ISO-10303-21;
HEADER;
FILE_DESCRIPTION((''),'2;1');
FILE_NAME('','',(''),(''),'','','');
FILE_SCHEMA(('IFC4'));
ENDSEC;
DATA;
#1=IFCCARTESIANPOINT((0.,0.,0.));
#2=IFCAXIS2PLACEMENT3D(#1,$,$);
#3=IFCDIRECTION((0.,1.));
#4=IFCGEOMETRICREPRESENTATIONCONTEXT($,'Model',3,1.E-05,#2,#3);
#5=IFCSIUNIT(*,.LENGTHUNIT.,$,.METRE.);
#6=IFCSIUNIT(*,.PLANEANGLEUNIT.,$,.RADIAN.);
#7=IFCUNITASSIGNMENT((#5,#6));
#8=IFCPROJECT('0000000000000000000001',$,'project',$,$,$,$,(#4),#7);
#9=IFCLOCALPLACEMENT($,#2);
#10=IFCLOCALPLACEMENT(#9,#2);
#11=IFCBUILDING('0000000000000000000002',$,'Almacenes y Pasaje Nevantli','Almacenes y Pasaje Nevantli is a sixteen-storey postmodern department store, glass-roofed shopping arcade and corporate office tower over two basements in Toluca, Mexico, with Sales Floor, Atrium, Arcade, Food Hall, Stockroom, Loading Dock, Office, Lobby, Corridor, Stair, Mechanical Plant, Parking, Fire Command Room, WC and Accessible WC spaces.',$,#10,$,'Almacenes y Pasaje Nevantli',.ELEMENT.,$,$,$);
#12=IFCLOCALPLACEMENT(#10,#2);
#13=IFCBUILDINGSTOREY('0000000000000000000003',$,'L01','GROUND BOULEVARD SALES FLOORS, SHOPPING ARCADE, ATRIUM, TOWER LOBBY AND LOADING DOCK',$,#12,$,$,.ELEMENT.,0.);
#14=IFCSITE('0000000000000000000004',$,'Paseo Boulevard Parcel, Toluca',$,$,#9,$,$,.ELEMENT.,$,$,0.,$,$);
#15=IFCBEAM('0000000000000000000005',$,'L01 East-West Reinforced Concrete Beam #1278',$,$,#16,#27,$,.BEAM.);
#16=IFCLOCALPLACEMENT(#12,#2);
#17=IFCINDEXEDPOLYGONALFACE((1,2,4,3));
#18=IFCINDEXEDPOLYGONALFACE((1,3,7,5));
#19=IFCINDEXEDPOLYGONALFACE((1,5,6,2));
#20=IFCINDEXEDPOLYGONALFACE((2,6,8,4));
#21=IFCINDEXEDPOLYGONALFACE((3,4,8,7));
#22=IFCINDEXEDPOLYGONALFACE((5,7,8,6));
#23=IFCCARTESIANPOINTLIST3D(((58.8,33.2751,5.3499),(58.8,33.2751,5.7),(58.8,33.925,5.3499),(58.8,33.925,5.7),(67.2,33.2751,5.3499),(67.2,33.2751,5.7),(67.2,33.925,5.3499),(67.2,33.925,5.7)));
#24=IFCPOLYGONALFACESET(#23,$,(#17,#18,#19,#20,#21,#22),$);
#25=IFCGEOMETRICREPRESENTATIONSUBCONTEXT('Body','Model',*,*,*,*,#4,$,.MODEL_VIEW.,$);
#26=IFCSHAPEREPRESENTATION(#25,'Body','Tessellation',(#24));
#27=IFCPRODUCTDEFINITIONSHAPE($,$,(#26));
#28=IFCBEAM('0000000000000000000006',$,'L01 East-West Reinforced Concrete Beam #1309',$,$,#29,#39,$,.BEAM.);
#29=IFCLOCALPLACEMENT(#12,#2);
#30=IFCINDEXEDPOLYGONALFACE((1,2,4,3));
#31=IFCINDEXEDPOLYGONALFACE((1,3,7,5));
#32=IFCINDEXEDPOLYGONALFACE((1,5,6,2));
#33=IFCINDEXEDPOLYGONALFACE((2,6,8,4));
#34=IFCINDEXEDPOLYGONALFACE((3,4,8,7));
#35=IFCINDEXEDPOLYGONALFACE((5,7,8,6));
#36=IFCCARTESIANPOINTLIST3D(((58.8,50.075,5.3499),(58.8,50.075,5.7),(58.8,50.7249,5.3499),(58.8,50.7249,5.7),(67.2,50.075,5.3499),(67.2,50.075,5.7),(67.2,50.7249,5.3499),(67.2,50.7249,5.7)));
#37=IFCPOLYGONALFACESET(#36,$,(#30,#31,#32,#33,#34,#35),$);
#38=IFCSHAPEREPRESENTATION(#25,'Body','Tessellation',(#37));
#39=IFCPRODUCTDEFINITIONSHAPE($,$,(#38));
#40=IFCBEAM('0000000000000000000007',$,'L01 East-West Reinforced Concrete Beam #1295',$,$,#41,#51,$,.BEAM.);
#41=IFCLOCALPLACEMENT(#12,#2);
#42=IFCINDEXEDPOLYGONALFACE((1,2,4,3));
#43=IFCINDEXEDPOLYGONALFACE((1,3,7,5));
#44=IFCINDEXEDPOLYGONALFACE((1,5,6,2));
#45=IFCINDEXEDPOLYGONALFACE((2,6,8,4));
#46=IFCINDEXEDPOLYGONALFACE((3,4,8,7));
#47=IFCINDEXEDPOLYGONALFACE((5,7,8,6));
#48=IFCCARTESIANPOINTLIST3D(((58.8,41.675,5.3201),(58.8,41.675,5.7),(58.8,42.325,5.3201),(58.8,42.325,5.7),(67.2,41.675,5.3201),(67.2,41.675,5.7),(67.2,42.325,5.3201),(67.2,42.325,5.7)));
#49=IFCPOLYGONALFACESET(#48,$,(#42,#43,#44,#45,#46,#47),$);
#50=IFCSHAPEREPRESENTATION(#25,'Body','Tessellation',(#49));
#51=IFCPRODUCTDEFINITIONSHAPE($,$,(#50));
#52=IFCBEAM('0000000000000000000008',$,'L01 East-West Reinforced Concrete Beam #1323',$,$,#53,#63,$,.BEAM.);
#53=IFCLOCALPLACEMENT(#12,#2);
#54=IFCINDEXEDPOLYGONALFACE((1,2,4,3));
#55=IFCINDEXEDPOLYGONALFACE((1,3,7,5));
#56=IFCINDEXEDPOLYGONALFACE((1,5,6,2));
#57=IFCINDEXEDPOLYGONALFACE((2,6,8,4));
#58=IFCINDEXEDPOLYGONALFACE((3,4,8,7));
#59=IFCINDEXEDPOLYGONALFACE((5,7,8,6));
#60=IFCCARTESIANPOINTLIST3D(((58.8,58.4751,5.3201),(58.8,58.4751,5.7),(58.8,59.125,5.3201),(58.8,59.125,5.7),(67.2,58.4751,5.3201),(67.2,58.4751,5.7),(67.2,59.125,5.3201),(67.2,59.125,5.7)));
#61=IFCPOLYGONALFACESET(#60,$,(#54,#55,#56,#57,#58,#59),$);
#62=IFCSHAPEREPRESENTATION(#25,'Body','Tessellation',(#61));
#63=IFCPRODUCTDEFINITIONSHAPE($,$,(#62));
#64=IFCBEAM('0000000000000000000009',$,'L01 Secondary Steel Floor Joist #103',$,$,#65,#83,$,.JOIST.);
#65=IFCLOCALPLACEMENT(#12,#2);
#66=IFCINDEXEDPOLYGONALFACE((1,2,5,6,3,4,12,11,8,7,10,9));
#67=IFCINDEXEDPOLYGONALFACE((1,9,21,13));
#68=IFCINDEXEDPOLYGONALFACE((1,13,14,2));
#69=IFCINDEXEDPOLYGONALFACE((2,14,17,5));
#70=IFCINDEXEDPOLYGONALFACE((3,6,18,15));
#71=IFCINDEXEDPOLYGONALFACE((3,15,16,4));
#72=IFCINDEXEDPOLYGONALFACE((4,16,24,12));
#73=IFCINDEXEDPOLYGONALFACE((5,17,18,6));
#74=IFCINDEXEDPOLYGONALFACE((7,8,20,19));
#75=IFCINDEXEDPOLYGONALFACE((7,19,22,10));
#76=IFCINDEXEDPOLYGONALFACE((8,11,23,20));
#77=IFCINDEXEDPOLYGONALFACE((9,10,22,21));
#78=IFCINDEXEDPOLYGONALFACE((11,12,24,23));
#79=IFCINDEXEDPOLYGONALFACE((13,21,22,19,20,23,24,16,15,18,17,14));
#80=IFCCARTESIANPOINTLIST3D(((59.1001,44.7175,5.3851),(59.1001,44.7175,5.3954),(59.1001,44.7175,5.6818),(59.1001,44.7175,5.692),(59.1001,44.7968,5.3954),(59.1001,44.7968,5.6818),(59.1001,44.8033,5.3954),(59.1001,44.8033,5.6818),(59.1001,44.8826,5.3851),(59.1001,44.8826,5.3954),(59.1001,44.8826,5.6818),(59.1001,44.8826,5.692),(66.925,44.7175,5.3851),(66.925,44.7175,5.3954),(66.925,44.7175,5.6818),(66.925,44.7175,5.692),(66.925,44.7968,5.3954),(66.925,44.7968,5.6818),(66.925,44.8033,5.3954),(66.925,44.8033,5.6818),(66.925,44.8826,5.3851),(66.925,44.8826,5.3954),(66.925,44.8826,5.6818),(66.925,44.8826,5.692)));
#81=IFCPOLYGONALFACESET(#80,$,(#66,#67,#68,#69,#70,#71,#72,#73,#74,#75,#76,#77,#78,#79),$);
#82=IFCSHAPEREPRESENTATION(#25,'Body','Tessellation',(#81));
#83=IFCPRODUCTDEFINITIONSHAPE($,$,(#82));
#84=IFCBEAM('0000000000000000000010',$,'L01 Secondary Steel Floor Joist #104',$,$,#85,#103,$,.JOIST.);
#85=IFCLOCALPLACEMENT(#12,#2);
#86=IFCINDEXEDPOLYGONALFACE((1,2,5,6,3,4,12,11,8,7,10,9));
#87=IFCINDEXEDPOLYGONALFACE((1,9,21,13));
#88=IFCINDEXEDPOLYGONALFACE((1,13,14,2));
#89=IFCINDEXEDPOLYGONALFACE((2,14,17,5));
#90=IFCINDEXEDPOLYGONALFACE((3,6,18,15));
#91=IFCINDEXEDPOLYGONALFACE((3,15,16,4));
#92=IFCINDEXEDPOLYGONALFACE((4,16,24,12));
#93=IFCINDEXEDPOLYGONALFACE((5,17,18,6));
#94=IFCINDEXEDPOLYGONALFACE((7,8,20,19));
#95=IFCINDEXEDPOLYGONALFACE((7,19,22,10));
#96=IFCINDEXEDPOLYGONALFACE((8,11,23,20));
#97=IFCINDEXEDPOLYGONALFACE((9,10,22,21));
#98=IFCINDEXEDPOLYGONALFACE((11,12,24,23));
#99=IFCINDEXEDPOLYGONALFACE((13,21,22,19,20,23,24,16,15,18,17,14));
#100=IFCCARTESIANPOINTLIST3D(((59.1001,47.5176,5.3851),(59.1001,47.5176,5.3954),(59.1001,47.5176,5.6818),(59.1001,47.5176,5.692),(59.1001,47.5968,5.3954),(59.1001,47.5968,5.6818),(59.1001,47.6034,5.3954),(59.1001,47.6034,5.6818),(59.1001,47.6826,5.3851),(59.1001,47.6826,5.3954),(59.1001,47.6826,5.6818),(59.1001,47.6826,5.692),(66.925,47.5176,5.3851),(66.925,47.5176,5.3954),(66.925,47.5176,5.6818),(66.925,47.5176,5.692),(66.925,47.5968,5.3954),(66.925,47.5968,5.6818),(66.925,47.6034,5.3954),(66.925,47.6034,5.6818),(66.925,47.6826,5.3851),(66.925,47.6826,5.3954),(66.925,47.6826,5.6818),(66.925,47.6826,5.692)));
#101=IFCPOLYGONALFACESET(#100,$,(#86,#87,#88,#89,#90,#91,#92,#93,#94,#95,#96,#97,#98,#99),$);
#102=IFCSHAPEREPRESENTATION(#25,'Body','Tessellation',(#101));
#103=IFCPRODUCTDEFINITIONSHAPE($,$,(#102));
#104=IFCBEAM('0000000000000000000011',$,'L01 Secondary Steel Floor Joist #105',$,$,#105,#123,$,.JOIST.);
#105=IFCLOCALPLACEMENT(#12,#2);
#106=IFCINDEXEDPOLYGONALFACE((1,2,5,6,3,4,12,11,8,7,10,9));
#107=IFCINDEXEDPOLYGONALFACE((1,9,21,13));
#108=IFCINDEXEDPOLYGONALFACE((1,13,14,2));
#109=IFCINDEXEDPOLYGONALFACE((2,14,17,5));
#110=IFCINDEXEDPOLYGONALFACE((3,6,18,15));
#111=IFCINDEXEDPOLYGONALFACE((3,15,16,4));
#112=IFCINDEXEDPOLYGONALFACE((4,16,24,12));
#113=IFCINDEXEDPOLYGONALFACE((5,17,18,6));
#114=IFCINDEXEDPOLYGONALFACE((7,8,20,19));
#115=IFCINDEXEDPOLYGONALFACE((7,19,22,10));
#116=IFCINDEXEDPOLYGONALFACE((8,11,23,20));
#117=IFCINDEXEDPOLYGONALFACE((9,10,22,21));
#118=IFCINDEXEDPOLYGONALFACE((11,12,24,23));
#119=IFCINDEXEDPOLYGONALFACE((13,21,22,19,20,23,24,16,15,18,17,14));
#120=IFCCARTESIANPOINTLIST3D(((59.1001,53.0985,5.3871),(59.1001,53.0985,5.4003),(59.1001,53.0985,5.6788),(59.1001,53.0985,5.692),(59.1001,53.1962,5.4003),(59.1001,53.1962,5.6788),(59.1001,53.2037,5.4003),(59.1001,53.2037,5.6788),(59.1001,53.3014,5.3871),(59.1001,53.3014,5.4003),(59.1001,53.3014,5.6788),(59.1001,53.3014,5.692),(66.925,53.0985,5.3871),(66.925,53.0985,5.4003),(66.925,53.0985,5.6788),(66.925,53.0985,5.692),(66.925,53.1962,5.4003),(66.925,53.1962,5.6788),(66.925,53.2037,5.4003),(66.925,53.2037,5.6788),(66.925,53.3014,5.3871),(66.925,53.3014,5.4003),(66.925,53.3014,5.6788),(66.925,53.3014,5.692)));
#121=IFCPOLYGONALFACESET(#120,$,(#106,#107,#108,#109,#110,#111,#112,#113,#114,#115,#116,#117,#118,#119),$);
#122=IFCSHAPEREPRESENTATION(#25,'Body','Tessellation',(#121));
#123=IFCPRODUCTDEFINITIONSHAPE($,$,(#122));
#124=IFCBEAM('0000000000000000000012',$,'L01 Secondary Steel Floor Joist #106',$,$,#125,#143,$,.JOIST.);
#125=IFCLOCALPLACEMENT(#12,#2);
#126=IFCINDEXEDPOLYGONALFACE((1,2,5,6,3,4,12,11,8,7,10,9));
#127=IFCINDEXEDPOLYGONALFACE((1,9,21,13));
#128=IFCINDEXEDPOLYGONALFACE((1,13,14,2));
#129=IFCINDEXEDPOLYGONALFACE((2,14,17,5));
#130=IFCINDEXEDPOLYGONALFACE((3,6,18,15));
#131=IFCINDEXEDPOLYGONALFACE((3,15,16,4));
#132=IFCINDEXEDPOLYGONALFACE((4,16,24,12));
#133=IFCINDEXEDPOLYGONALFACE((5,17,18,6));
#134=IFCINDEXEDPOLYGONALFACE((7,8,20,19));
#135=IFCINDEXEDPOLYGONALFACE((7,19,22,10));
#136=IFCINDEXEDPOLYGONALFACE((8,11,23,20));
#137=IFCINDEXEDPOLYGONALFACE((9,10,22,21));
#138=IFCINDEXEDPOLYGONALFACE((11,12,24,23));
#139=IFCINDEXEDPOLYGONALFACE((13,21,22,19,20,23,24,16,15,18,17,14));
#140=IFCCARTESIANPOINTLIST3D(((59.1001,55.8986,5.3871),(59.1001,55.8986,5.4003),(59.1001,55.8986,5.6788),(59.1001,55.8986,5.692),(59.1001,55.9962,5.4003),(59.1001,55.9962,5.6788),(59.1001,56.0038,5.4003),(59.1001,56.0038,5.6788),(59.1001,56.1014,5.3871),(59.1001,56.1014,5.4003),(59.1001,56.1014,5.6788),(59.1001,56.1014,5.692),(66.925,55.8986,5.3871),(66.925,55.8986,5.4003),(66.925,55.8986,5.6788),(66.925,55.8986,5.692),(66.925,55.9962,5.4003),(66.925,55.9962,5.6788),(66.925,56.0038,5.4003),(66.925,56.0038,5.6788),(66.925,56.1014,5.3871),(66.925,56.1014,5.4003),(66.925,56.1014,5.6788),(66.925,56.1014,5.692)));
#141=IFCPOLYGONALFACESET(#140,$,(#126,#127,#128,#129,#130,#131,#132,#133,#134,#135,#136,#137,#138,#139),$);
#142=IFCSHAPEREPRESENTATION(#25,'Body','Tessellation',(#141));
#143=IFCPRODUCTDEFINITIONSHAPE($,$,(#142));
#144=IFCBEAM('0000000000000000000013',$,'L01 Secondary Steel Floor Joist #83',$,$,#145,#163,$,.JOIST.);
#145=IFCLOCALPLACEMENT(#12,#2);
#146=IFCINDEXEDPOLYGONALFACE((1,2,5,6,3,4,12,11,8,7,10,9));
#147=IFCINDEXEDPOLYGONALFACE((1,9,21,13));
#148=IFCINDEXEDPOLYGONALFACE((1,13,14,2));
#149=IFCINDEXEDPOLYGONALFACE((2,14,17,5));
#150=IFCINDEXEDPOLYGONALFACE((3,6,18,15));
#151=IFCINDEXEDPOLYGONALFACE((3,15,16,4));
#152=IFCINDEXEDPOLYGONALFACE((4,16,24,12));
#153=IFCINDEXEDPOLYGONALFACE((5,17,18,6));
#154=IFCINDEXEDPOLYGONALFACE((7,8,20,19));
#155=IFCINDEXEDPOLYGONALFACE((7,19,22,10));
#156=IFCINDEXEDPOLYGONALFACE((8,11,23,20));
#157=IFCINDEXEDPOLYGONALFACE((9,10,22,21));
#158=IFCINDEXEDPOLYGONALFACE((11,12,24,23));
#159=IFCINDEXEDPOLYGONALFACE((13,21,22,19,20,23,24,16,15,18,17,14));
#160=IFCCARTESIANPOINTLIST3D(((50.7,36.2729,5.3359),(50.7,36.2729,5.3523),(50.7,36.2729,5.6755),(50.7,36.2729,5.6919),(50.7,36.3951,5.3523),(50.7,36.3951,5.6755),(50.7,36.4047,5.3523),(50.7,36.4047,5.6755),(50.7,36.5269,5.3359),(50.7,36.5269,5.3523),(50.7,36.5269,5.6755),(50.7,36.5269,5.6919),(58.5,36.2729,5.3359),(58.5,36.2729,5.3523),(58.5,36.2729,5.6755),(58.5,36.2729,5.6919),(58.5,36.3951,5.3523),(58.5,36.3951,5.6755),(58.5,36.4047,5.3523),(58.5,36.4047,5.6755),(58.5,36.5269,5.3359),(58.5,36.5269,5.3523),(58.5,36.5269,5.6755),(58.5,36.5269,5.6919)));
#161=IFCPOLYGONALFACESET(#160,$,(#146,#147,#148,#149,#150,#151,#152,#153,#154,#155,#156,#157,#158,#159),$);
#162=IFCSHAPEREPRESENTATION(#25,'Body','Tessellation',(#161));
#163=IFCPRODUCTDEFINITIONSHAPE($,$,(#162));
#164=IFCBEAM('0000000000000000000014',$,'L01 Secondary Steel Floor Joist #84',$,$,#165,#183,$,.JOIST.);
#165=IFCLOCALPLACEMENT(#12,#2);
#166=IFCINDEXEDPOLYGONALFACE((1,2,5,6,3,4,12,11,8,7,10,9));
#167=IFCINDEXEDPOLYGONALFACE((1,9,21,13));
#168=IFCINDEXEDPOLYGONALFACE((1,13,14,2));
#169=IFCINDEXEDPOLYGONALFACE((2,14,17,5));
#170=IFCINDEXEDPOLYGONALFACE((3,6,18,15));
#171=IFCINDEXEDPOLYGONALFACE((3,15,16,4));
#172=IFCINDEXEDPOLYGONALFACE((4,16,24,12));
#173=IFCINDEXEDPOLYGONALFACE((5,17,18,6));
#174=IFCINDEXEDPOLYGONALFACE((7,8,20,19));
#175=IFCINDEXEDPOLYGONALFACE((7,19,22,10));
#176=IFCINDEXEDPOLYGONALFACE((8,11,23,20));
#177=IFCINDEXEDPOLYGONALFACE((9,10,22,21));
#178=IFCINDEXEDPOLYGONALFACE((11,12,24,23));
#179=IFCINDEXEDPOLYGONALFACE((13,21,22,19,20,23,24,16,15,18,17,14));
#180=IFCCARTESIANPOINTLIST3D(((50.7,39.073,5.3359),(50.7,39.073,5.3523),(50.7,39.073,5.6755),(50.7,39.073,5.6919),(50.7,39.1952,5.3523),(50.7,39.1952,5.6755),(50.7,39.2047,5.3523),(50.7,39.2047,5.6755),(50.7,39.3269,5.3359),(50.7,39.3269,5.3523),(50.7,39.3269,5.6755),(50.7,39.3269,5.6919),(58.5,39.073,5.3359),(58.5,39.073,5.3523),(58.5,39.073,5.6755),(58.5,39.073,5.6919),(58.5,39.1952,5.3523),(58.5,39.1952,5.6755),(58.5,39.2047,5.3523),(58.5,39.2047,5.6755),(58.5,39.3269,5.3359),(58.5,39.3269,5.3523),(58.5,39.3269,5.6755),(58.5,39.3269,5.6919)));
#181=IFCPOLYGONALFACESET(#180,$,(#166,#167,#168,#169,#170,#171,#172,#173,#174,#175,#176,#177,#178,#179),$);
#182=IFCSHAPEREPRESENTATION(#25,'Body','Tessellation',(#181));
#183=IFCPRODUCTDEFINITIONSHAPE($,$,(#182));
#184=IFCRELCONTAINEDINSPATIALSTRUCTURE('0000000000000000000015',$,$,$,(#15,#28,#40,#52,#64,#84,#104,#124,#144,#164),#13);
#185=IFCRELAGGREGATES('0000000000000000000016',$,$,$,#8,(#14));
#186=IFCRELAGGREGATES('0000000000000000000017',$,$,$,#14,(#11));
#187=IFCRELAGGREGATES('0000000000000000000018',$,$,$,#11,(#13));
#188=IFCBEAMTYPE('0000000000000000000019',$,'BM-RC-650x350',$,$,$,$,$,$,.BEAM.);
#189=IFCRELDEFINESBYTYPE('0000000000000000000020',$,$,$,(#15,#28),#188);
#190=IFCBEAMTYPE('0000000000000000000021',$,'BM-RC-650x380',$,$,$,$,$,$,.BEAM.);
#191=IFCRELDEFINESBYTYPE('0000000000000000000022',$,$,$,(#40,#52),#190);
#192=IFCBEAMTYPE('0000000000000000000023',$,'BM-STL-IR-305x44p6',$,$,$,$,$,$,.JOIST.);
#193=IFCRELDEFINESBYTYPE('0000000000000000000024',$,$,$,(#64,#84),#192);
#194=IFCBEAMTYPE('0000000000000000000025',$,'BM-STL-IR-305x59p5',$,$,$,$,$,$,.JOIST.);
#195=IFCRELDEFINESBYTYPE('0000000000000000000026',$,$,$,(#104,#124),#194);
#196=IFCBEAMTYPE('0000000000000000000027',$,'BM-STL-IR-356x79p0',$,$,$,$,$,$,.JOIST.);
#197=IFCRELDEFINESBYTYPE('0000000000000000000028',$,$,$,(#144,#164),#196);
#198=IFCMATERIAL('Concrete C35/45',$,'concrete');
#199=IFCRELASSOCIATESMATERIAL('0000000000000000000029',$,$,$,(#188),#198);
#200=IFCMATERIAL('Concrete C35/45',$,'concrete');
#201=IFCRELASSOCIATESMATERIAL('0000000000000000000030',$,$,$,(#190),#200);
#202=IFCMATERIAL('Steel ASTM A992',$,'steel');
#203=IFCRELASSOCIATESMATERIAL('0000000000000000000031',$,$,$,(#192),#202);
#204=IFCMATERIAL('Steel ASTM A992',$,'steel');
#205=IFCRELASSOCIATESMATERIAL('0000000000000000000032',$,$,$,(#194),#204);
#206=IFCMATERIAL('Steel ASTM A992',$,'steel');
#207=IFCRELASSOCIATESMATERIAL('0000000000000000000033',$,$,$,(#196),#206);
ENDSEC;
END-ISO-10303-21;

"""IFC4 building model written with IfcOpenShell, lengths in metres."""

from ifc_helpers import new_model, si_unit, direction, frame, origin, origin_2d, place, context, subcontext, project, spatial, rectangle, i_section, extrude, material, material_profile, profile_set, type_object, element, save


model = new_model("IFC4")

# Units and contexts
model_context = context("Model", 3, precision=1e-05, world=origin(), true_north=direction((0.0, 1.0)))
body_context = subcontext(model_context, "Body", "Model", "MODEL_VIEW")
ifc_project = project(units=[si_unit("LENGTHUNIT", "METRE"), si_unit("PLANEANGLEUNIT", "RADIAN")], contexts=[model_context])

# Site, building, storey
site_placement = place(None, origin())
site = spatial("IfcSite", under=ifc_project, at=site_placement, Name="Paseo Boulevard Parcel, Toluca", CompositionType="ELEMENT", RefElevation=0.0)
building_placement = place(site_placement, origin())
building = spatial("IfcBuilding", under=site, at=building_placement, Name="Almacenes y Pasaje Nevantli", Description="Almacenes y Pasaje Nevantli is a sixteen-storey postmodern department store, glass-roofed shopping arcade and corporate office tower over two basements in Toluca, Mexico, with Sales Floor, Atrium, Arcade, Food Hall, Stockroom, Loading Dock, Office, Lobby, Corridor, Stair, Mechanical Plant, Parking, Fire Command Room, WC and Accessible WC spaces.", LongName="Almacenes y Pasaje Nevantli", CompositionType="ELEMENT")
storey_placement = place(building_placement, origin())
storey = spatial("IfcBuildingStorey", under=building, at=storey_placement, Name="L01", Description="GROUND BOULEVARD SALES FLOORS, SHOPPING ARCADE, ATRIUM, TOWER LOBBY AND LOADING DOCK", CompositionType="ELEMENT", Elevation=0.0)

# Beams
ifc_material_1 = material(Name="Concrete C35/45", Category="concrete")
ifc_material_profile_1 = material_profile(ifc_material_1, rectangle(XDim=0.6499, YDim=0.3501, at=origin_2d()), Name="RC-BM-650x350")
ifc_profile_set_1 = profile_set([ifc_material_profile_1], Name="Concrete C35/45")
beam_type_1 = type_object("IfcBeamType", Name="BM-RC-650x350", PredefinedType="BEAM", material=ifc_profile_set_1)
for number, where, z_axis, x_axis, name in (
    (1, (58.8, 33.6001, 5.5249), (1.0, 0.0, 0.0), (0.0, 1.0, 0.0), "L01 East-West Reinforced Concrete Beam #1278"),
    (2, (58.8, 50.3999, 5.5249), (1.0, 0.0, 0.0), (0.0, 1.0, 0.0), "L01 East-West Reinforced Concrete Beam #1309"),
):
    element("IfcBeam", number, at=place(storey_placement, frame(where, z_axis=z_axis, x_axis=x_axis)), inside=storey, type_object=beam_type_1, Name=name, PredefinedType="BEAM", context=body_context, shape_type="SweptSolid", body=[
        extrude(rectangle(XDim=0.6499, YDim=0.3501, at=origin_2d()), origin(), (0.0, 0.0, 1.0), 8.3999),
    ])
ifc_material_2 = material(Name="Concrete C35/45", Category="concrete")
ifc_material_profile_2 = material_profile(ifc_material_2, rectangle(XDim=0.6499, YDim=0.3799, at=origin_2d()), Name="RC-BM-650x380")
ifc_profile_set_2 = profile_set([ifc_material_profile_2], Name="Concrete C35/45")
beam_type_2 = type_object("IfcBeamType", Name="BM-RC-650x380", PredefinedType="BEAM", material=ifc_profile_set_2)
for number, where, z_axis, x_axis, name in (
    (3, (58.8, 42.0, 5.51), (1.0, 0.0, 0.0), (0.0, 1.0, 0.0), "L01 East-West Reinforced Concrete Beam #1295"),
    (4, (58.8, 58.8, 5.51), (1.0, 0.0, 0.0), (0.0, 1.0, 0.0), "L01 East-West Reinforced Concrete Beam #1323"),
):
    element("IfcBeam", number, at=place(storey_placement, frame(where, z_axis=z_axis, x_axis=x_axis)), inside=storey, type_object=beam_type_2, Name=name, PredefinedType="BEAM", context=body_context, shape_type="SweptSolid", body=[
        extrude(rectangle(XDim=0.6499, YDim=0.3799, at=origin_2d()), origin(), (0.0, 0.0, 1.0), 8.3999),
    ])
ifc_material_3 = material(Name="Steel ASTM A992", Category="steel")
ifc_material_profile_3 = material_profile(ifc_material_3, i_section(OverallWidth=0.165, OverallDepth=0.3069, WebThickness=0.0066, FlangeThickness=0.0103, at=origin_2d()), Name="IR 305x44.6")
ifc_profile_set_3 = profile_set([ifc_material_profile_3], Name="Steel ASTM A992")
beam_type_3 = type_object("IfcBeamType", Name="BM-STL-IR-305x44p6", PredefinedType="JOIST", material=ifc_profile_set_3)
for number, where, z_axis, x_axis, name in (
    (5, (59.1001, 44.8, 5.5386), (1.0, 0.0, 0.0), (0.0, 1.0, 0.0), "L01 Secondary Steel Floor Joist #103"),
    (6, (59.1001, 47.6001, 5.5386), (1.0, 0.0, 0.0), (0.0, 1.0, 0.0), "L01 Secondary Steel Floor Joist #104"),
):
    element("IfcBeam", number, at=place(storey_placement, frame(where, z_axis=z_axis, x_axis=x_axis)), inside=storey, type_object=beam_type_3, Name=name, PredefinedType="JOIST", context=body_context, shape_type="SweptSolid", body=[
        extrude(i_section(OverallWidth=0.165, OverallDepth=0.3069, WebThickness=0.0066, FlangeThickness=0.0103, at=origin_2d()), origin(), (0.0, 0.0, 1.0), 7.825),
    ])
ifc_material_4 = material(Name="Steel ASTM A992", Category="steel")
ifc_material_profile_4 = material_profile(ifc_material_4, i_section(OverallWidth=0.2029, OverallDepth=0.3049, WebThickness=0.0076, FlangeThickness=0.0132, at=origin_2d()), Name="IR 305x59.5")
ifc_profile_set_4 = profile_set([ifc_material_profile_4], Name="Steel ASTM A992")
beam_type_4 = type_object("IfcBeamType", Name="BM-STL-IR-305x59p5", PredefinedType="JOIST", material=ifc_profile_set_4)
for number, where, z_axis, x_axis, name in (
    (7, (59.1001, 53.2, 5.5396), (1.0, 0.0, 0.0), (0.0, 1.0, 0.0), "L01 Secondary Steel Floor Joist #105"),
    (8, (59.1001, 56.0, 5.5396), (1.0, 0.0, 0.0), (0.0, 1.0, 0.0), "L01 Secondary Steel Floor Joist #106"),
):
    element("IfcBeam", number, at=place(storey_placement, frame(where, z_axis=z_axis, x_axis=x_axis)), inside=storey, type_object=beam_type_4, Name=name, PredefinedType="JOIST", context=body_context, shape_type="SweptSolid", body=[
        extrude(i_section(OverallWidth=0.2029, OverallDepth=0.3049, WebThickness=0.0076, FlangeThickness=0.0132, at=origin_2d()), origin(), (0.0, 0.0, 1.0), 7.825),
    ])
ifc_material_5 = material(Name="Steel ASTM A992", Category="steel")
ifc_material_profile_5 = material_profile(ifc_material_5, i_section(OverallWidth=0.2539, OverallDepth=0.356, WebThickness=0.0095, FlangeThickness=0.0164, at=origin_2d()), Name="IR 356x79.0")
ifc_profile_set_5 = profile_set([ifc_material_profile_5], Name="Steel ASTM A992")
beam_type_5 = type_object("IfcBeamType", Name="BM-STL-IR-356x79p0", PredefinedType="JOIST", material=ifc_profile_set_5)
for number, where, z_axis, x_axis, name in (
    (9, (50.7, 36.3999, 5.5139), (1.0, 0.0, 0.0), (0.0, 1.0, 0.0), "L01 Secondary Steel Floor Joist #83"),
    (10, (50.7, 39.2, 5.5139), (1.0, 0.0, 0.0), (0.0, 1.0, 0.0), "L01 Secondary Steel Floor Joist #84"),
):
    element("IfcBeam", number, at=place(storey_placement, frame(where, z_axis=z_axis, x_axis=x_axis)), inside=storey, type_object=beam_type_5, Name=name, PredefinedType="JOIST", context=body_context, shape_type="SweptSolid", body=[
        extrude(i_section(OverallWidth=0.2539, OverallDepth=0.356, WebThickness=0.0095, FlangeThickness=0.0164, at=origin_2d()), origin(), (0.0, 0.0, 1.0), 7.8),
    ])

save(model, "model.ifc")
